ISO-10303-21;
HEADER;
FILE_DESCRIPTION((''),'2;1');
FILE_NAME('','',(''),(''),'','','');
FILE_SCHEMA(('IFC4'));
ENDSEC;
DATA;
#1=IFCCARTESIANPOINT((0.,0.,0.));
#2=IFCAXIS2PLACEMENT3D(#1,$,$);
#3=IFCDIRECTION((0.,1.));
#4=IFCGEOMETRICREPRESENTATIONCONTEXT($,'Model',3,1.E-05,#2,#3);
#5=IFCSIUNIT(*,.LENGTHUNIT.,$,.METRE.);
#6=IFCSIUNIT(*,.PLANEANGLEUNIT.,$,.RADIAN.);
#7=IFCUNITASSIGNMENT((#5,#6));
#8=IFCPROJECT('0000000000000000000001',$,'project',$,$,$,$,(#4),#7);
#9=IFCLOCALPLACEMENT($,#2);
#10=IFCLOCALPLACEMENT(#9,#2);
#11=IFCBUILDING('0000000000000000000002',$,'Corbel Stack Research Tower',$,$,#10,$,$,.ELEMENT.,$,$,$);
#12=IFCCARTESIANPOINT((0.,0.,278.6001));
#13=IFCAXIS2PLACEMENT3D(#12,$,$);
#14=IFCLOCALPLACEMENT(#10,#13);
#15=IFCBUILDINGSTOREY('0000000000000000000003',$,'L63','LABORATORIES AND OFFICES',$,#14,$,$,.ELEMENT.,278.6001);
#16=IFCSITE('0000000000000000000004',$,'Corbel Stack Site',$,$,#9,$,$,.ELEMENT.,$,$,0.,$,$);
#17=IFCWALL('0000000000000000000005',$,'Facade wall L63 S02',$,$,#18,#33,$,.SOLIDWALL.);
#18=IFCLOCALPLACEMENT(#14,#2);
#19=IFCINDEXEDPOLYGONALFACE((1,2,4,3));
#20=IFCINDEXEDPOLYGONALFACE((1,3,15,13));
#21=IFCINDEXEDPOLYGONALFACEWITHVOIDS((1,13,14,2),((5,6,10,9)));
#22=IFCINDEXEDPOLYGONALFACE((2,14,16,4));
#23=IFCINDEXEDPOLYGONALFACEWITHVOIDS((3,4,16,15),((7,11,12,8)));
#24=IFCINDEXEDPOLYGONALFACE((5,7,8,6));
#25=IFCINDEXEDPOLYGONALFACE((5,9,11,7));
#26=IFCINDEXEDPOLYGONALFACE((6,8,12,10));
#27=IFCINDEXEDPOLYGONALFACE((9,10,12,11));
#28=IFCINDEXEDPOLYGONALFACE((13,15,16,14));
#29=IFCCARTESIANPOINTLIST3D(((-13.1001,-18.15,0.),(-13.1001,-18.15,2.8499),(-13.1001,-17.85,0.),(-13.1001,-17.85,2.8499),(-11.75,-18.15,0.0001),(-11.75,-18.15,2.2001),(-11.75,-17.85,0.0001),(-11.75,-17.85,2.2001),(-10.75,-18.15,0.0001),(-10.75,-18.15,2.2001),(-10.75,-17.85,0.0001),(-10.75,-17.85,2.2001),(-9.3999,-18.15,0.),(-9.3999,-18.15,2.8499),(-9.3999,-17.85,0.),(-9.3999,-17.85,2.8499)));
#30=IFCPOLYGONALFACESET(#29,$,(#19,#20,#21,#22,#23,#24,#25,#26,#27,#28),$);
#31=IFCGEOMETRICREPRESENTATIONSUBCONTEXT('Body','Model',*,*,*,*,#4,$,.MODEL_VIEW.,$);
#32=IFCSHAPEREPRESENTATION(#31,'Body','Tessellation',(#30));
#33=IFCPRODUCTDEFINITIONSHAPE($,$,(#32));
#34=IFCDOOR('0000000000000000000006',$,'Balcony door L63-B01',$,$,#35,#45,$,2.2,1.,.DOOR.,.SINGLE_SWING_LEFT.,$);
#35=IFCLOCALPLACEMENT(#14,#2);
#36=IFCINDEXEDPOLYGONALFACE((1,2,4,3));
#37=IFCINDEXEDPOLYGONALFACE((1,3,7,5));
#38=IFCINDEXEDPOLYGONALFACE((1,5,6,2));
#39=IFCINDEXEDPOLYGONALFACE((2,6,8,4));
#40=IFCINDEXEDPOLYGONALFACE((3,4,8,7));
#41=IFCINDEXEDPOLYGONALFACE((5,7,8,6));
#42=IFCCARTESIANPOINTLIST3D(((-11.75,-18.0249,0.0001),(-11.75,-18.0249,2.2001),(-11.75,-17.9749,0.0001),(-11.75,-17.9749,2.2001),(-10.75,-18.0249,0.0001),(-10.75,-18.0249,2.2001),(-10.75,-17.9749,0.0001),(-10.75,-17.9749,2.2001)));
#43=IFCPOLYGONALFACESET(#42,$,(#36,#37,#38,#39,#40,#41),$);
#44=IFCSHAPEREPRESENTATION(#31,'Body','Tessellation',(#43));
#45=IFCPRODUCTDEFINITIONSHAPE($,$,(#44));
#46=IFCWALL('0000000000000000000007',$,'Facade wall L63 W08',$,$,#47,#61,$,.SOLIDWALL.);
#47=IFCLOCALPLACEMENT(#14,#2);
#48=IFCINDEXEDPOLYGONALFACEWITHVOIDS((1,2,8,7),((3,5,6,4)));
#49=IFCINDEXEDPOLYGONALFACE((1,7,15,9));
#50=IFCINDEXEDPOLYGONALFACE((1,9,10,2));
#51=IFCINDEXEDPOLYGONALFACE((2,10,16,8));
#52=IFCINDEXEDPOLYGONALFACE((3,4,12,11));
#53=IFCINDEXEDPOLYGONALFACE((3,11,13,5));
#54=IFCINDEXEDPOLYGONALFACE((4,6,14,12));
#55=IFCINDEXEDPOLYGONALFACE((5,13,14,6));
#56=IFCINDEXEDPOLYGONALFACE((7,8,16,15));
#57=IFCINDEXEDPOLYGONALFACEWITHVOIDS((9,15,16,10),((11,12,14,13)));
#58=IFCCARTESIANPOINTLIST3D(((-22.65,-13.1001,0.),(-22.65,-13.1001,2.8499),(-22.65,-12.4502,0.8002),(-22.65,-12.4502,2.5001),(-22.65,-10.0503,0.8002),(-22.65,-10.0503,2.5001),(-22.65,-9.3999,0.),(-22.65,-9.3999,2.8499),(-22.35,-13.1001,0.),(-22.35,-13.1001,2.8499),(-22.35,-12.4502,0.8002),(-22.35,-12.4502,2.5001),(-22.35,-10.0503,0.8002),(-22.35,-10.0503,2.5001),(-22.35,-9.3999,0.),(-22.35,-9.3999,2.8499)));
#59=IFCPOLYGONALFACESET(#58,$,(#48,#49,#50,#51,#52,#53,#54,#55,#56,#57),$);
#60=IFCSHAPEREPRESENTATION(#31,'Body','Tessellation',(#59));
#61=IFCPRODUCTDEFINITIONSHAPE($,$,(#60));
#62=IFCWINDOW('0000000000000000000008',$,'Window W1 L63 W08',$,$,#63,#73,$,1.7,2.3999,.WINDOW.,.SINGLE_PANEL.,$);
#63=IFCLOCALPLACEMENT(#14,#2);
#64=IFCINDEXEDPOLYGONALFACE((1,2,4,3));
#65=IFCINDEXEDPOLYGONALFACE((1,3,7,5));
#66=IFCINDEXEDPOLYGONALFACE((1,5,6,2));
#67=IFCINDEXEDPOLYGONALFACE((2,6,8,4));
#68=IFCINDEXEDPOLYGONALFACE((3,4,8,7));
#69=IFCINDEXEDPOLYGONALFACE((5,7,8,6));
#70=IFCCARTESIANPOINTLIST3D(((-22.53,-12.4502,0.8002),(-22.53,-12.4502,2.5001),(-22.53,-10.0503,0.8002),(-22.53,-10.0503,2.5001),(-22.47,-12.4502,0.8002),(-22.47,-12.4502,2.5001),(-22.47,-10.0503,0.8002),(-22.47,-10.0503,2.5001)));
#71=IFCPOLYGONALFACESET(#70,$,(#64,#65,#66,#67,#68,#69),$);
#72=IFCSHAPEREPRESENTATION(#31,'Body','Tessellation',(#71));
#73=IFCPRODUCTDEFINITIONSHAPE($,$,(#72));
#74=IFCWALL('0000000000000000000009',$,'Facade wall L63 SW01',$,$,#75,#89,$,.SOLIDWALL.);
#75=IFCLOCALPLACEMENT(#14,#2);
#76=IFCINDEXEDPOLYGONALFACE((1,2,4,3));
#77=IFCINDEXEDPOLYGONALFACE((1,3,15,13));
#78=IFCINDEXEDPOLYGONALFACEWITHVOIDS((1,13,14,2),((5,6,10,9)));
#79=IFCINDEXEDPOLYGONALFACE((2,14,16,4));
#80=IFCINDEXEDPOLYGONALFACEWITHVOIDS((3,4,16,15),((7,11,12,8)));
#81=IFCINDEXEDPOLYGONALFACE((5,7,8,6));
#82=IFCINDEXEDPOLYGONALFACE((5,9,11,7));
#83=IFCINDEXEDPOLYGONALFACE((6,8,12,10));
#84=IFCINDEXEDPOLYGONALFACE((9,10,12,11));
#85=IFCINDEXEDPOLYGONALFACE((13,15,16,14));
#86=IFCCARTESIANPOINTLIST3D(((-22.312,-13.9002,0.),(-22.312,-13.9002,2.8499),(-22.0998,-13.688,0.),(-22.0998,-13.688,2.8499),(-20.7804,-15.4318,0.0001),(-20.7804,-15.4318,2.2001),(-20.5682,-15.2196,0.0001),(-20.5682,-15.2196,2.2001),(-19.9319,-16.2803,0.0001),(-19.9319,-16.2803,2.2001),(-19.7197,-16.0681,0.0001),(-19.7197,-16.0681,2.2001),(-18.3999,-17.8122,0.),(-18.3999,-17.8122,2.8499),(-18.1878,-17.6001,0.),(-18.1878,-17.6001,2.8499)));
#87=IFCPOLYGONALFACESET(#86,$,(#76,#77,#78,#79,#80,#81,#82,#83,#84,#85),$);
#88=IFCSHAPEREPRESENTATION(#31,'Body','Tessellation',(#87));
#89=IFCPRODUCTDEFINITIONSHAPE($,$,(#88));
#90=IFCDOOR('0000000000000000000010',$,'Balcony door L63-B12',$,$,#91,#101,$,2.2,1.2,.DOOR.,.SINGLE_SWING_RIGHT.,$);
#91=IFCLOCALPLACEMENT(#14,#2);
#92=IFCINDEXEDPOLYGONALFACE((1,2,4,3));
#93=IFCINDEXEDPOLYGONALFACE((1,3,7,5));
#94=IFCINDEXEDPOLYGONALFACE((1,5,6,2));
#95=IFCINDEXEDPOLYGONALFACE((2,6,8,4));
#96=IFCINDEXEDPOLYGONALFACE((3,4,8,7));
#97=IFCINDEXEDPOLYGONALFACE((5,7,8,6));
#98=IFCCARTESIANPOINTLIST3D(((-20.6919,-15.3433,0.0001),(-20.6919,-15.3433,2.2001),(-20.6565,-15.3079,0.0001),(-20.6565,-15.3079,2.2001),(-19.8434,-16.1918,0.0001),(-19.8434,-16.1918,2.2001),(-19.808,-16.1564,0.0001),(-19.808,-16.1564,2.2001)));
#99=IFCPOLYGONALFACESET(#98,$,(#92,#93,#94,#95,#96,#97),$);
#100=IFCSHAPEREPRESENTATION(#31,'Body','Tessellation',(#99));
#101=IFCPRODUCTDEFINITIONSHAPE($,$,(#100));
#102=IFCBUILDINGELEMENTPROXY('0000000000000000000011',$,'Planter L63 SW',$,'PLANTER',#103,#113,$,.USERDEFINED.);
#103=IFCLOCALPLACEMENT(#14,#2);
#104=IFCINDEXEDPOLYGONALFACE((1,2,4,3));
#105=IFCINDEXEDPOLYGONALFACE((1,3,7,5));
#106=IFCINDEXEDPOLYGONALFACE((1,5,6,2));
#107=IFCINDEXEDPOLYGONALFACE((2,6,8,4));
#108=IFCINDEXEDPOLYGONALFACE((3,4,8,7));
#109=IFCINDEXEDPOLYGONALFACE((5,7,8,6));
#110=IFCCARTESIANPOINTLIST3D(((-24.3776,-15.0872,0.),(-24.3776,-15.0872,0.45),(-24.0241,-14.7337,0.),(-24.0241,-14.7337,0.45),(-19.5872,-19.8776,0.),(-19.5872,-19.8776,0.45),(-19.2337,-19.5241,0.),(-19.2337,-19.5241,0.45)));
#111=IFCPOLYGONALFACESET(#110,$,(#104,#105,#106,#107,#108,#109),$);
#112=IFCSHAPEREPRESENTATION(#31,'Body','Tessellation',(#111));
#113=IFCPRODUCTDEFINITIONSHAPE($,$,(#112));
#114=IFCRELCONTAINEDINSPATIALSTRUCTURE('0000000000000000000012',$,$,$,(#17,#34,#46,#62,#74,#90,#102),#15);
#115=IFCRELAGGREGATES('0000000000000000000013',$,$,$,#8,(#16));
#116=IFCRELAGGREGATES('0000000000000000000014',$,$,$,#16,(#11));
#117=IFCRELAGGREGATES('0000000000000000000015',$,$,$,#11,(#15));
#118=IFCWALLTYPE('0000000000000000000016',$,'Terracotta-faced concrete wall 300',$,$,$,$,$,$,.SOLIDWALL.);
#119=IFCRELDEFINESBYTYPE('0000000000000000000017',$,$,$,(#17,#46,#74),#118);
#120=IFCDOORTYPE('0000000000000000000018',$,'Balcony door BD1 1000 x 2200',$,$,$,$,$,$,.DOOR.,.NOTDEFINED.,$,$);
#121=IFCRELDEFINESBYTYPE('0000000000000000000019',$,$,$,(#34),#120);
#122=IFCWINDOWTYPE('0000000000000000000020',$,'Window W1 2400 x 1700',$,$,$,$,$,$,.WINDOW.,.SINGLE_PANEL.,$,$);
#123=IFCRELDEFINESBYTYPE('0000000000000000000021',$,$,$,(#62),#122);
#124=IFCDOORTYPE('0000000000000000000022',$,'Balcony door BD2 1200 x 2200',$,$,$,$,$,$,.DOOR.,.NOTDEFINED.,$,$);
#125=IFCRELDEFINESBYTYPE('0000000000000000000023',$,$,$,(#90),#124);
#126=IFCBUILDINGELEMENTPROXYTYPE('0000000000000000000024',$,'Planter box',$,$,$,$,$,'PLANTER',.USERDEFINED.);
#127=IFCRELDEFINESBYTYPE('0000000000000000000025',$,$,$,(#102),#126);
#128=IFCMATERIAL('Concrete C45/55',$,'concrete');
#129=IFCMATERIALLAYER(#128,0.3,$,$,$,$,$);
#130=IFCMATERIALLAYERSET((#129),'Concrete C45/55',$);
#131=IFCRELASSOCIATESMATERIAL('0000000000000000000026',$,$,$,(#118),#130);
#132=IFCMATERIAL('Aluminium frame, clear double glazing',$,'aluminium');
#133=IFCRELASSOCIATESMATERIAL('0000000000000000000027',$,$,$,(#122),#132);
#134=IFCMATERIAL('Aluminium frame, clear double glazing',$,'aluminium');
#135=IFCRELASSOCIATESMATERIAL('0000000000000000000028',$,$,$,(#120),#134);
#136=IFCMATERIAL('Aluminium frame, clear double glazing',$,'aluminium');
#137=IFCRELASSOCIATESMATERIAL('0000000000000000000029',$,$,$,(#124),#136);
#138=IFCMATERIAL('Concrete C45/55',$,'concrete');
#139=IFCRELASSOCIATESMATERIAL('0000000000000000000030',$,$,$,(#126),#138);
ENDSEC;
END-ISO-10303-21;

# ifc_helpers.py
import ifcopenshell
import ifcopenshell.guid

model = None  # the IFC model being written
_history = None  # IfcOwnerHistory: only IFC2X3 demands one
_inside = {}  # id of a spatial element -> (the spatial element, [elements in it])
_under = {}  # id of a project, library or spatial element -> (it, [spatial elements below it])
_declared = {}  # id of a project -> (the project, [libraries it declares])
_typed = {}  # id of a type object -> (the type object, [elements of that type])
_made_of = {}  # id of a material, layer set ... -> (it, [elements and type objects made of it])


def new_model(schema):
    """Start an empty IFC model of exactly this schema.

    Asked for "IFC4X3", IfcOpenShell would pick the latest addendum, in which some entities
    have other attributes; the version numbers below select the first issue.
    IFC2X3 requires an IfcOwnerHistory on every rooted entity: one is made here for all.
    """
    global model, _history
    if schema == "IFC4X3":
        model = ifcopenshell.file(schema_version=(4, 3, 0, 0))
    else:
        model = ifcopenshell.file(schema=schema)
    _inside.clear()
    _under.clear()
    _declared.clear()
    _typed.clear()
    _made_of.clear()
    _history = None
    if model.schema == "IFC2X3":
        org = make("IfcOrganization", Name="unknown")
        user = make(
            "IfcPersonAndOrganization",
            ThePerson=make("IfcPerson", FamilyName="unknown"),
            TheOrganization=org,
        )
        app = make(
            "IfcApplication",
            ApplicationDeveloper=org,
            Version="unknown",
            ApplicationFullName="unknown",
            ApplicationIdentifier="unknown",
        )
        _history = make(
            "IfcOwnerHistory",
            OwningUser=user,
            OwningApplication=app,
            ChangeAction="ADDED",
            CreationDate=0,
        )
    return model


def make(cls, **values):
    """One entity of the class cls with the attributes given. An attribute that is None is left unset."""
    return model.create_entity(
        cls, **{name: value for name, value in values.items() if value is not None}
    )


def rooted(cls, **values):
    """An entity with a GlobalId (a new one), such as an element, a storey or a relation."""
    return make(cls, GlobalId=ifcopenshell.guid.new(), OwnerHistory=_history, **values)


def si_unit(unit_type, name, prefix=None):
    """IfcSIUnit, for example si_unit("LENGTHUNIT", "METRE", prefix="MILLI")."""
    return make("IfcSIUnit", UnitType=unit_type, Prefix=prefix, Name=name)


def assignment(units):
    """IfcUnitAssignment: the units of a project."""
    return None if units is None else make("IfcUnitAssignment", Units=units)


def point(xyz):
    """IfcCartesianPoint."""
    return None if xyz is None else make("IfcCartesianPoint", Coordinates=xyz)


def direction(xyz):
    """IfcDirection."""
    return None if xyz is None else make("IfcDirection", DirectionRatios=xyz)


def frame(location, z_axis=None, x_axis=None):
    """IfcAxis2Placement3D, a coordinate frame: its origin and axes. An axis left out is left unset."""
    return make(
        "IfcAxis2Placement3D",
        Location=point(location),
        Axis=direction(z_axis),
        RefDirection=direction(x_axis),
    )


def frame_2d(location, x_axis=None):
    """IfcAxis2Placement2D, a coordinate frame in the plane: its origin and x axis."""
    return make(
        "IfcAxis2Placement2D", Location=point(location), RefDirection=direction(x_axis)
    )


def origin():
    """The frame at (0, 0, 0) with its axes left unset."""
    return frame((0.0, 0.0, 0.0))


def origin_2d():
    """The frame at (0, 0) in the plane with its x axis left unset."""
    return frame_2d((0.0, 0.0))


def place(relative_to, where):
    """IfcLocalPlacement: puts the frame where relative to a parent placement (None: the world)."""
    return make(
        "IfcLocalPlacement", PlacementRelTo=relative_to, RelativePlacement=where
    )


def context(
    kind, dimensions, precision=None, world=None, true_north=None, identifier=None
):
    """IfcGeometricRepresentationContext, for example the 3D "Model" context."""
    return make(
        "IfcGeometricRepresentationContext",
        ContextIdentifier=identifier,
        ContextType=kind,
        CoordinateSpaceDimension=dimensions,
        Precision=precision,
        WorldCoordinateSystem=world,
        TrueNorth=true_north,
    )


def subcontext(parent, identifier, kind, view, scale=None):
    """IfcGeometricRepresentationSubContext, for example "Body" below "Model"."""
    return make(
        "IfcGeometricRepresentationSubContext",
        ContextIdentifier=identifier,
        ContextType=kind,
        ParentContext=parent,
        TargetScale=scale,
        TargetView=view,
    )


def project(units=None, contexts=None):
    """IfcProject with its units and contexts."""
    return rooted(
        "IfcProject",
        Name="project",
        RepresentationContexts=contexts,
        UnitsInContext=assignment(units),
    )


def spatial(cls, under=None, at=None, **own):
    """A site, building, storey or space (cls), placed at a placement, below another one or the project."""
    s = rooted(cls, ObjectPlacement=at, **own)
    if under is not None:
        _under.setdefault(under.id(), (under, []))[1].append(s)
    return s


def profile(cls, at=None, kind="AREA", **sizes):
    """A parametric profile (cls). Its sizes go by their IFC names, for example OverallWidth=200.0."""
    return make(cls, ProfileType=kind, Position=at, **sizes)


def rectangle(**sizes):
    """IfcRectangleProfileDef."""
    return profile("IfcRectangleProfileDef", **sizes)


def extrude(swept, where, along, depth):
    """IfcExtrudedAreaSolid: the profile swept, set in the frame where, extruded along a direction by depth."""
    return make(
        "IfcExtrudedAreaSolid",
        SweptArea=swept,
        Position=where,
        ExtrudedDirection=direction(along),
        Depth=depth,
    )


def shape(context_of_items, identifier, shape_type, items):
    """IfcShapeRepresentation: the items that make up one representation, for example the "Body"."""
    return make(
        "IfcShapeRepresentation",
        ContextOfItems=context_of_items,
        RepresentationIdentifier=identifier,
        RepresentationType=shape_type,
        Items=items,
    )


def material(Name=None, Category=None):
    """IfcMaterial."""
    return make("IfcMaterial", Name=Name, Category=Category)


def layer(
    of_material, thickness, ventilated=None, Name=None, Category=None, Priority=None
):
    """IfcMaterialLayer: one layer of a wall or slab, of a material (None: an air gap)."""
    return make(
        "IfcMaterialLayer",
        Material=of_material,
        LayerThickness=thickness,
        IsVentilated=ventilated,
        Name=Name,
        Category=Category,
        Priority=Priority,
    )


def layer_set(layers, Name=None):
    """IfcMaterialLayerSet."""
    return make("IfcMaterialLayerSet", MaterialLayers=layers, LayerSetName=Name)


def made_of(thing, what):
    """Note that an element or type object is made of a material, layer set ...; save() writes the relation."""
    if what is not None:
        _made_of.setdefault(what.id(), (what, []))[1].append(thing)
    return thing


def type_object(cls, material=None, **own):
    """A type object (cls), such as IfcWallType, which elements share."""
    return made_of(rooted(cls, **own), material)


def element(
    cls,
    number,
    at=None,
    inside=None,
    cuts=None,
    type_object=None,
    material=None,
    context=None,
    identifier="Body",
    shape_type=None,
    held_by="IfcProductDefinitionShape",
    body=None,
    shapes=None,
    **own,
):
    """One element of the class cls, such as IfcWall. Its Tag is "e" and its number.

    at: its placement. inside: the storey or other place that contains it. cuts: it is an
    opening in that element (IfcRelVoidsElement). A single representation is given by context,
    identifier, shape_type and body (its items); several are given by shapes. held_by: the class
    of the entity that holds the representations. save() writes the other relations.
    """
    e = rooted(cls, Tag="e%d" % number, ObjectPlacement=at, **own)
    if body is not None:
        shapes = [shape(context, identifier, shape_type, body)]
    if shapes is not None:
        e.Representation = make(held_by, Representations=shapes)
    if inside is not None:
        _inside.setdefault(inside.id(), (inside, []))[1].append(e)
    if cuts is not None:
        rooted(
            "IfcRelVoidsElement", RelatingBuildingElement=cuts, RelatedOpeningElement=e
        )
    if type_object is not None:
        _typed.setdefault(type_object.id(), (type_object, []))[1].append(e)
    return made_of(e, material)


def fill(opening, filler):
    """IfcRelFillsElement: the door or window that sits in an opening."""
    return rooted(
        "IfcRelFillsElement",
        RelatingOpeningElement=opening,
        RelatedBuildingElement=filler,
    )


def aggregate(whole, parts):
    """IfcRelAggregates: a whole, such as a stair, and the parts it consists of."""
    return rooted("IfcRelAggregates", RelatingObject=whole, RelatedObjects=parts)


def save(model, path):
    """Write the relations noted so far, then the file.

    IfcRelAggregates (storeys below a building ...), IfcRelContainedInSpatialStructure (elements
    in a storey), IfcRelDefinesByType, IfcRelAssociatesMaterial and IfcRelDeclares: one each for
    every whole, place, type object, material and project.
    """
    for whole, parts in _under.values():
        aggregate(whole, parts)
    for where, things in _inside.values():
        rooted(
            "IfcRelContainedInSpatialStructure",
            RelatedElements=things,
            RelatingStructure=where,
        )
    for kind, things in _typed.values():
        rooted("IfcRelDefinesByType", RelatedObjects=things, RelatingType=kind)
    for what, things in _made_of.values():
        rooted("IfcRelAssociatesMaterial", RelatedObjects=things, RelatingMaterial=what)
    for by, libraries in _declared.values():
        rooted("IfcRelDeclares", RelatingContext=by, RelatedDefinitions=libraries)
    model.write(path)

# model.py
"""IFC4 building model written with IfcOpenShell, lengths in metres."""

from ifc_helpers import new_model, si_unit, direction, frame, frame_2d, origin, origin_2d, place, context, subcontext, project, spatial, rectangle, extrude, material, layer, layer_set, type_object, element, fill, save


model = new_model("IFC4")

# Units and contexts
model_context = context("Model", 3, precision=1e-05, world=origin(), true_north=direction((0.0, 1.0)))
body_context = subcontext(model_context, "Body", "Model", "MODEL_VIEW")
ifc_project = project(units=[si_unit("LENGTHUNIT", "METRE"), si_unit("PLANEANGLEUNIT", "RADIAN")], contexts=[model_context])

# Site, building, storey
site_placement = place(None, origin())
site = spatial("IfcSite", under=ifc_project, at=site_placement, Name="Corbel Stack Site", CompositionType="ELEMENT", RefElevation=0.0)
building_placement = place(site_placement, origin())
building = spatial("IfcBuilding", under=site, at=building_placement, Name="Corbel Stack Research Tower", CompositionType="ELEMENT")
storey_placement = place(building_placement, frame((0.0, 0.0, 278.6001)))
storey = spatial("IfcBuildingStorey", under=building, at=storey_placement, Name="L63", Description="LABORATORIES AND OFFICES", CompositionType="ELEMENT", Elevation=278.6001)

# Shared definitions
ifc_material_1 = material(Name="Concrete C45/55", Category="concrete")
ifc_layer_1 = layer(ifc_material_1, 0.3)
ifc_layer_set_1 = layer_set([ifc_layer_1], Name="Concrete C45/55")
wall_type_1 = type_object("IfcWallType", Name="Terracotta-faced concrete wall 300", PredefinedType="SOLIDWALL", material=ifc_layer_set_1)
ifc_material_2 = material(Name="Aluminium frame, clear double glazing", Category="aluminium")
window_type = type_object("IfcWindowType", Name="Window W1 2400 x 1700", PartitioningType="SINGLE_PANEL", PredefinedType="WINDOW", material=ifc_material_2)

# Wall, opening, door
wall_1_placement = place(storey_placement, frame((-9.3999, -18.0, 0.0), z_axis=(0.0, 0.0, 1.0), x_axis=(-1.0, 0.0, 0.0)))
wall_1 = element("IfcWall", 1, at=wall_1_placement, inside=storey, type_object=wall_type_1, Name="Facade wall L63 S02", PredefinedType="SOLIDWALL", context=body_context, shape_type="SweptSolid", body=[
    extrude(rectangle(XDim=3.7002, YDim=0.3, at=frame_2d((1.8501, 0.0))), origin(), (0.0, 0.0, 1.0), 2.8499),
])
opening_1_placement = place(wall_1_placement, frame((1.3501, 0.0, 0.0)))
opening_1 = element("IfcOpeningElement", 2, at=opening_1_placement, cuts=wall_1, PredefinedType="OPENING", context=body_context, shape_type="SweptSolid", body=[
    extrude(rectangle(XDim=1.0, YDim=2.2, at=frame_2d((0.5, 1.1001))), frame((0.0, 0.1599, 0.0), z_axis=(0.0, -1.0, 0.0), x_axis=(1.0, 0.0, 0.0)), (0.0, 0.0, 1.0), 0.3201),
])
ifc_material_3 = material(Name="Aluminium frame, clear double glazing", Category="aluminium")
door_type_1 = type_object("IfcDoorType", Name="Balcony door BD1 1000 x 2200", OperationType="NOTDEFINED", PredefinedType="DOOR", material=ifc_material_3)
door_1_placement = place(opening_1_placement, origin())
door_1 = element("IfcDoor", 3, at=door_1_placement, inside=storey, type_object=door_type_1, Name="Balcony door L63-B01", OperationType="SINGLE_SWING_LEFT", OverallHeight=2.2, OverallWidth=1.0, PredefinedType="DOOR", context=body_context, shape_type="SweptSolid", body=[
    extrude(rectangle(XDim=1.0, YDim=2.2, at=frame_2d((0.5, 1.1001))), frame((0.0, 0.0249, 0.0), z_axis=(0.0, -1.0, 0.0), x_axis=(1.0, 0.0, 0.0)), (0.0, 0.0, 1.0), 0.05),
])
fill(opening_1, door_1)

# Wall, opening, window
wall_2_placement = place(storey_placement, frame((-22.5, -13.1001, 0.0), z_axis=(0.0, 0.0, 1.0), x_axis=(0.0, 1.0, 0.0)))
wall_2 = element("IfcWall", 4, at=wall_2_placement, inside=storey, type_object=wall_type_1, Name="Facade wall L63 W08", PredefinedType="SOLIDWALL", context=body_context, shape_type="SweptSolid", body=[
    extrude(rectangle(XDim=3.7002, YDim=0.3, at=frame_2d((1.8501, 0.0))), origin(), (0.0, 0.0, 1.0), 2.8499),
])
opening_2_placement = place(wall_2_placement, frame((0.6499, 0.0, 0.8)))
opening_2 = element("IfcOpeningElement", 5, at=opening_2_placement, cuts=wall_2, PredefinedType="OPENING", context=body_context, shape_type="SweptSolid", body=[
    extrude(rectangle(XDim=2.3999, YDim=1.7, at=frame_2d((1.2, 0.8501))), frame((0.0, 0.1599, 0.0), z_axis=(0.0, -1.0, 0.0), x_axis=(1.0, 0.0, 0.0)), (0.0, 0.0, 1.0), 0.3201),
])
window_1_placement = place(opening_2_placement, origin())
window_1 = element("IfcWindow", 6, at=window_1_placement, inside=storey, type_object=window_type, Name="Window W1 L63 W08", OverallHeight=1.7, OverallWidth=2.3999, PartitioningType="SINGLE_PANEL", PredefinedType="WINDOW", context=body_context, shape_type="SweptSolid", body=[
    extrude(rectangle(XDim=2.3999, YDim=1.7, at=frame_2d((1.2, 0.8501))), frame((0.0, 0.03, 0.0), z_axis=(0.0, -1.0, 0.0), x_axis=(1.0, 0.0, 0.0)), (0.0, 0.0, 1.0), 0.0601),
])
fill(opening_2, window_1)

# Wall, opening, door
wall_3_placement = place(storey_placement, frame((-18.2939, -17.7061, 0.0), z_axis=(0.0, 0.0, 1.0), x_axis=(-0.707107, 0.707107, 0.0)))
wall_3 = element("IfcWall", 7, at=wall_3_placement, inside=storey, type_object=wall_type_1, Name="Facade wall L63 SW01", PredefinedType="SOLIDWALL", context=body_context, shape_type="SweptSolid", body=[
    extrude(rectangle(XDim=5.5325, YDim=0.3, at=frame_2d((2.7661, 0.0))), origin(), (0.0, 0.0, 1.0), 2.8499),
])
opening_3_placement = place(wall_3_placement, frame((2.1663, 0.0, 0.0)))
opening_3 = element("IfcOpeningElement", 8, at=opening_3_placement, cuts=wall_3, PredefinedType="OPENING", context=body_context, shape_type="SweptSolid", body=[
    extrude(rectangle(XDim=1.2, YDim=2.2, at=frame_2d((0.6001, 1.1001))), frame((0.0, 0.1599, 0.0), z_axis=(0.0, -1.0, 0.0), x_axis=(1.0, 0.0, 0.0)), (0.0, 0.0, 1.0), 0.3201),
])
ifc_material_4 = material(Name="Aluminium frame, clear double glazing", Category="aluminium")
door_type_2 = type_object("IfcDoorType", Name="Balcony door BD2 1200 x 2200", OperationType="NOTDEFINED", PredefinedType="DOOR", material=ifc_material_4)
door_2_placement = place(opening_3_placement, origin())
door_2 = element("IfcDoor", 9, at=door_2_placement, inside=storey, type_object=door_type_2, Name="Balcony door L63-B12", OperationType="SINGLE_SWING_RIGHT", OverallHeight=2.2, OverallWidth=1.2, PredefinedType="DOOR", context=body_context, shape_type="SweptSolid", body=[
    extrude(rectangle(XDim=1.2, YDim=2.2, at=frame_2d((0.6001, 1.1001))), frame((0.0, 0.0249, 0.0), z_axis=(0.0, -1.0, 0.0), x_axis=(1.0, 0.0, 0.0)), (0.0, 0.0, 1.0), 0.05),
])
fill(opening_3, door_2)

# Building element proxy
ifc_material_5 = material(Name="Concrete C45/55", Category="concrete")
building_element_proxy_type = type_object("IfcBuildingElementProxyType", Name="Planter box", ElementType="PLANTER", PredefinedType="USERDEFINED", material=ifc_material_5)
proxy_placement = place(storey_placement, frame((-21.8057, -17.3057, 0.0), z_axis=(0.0, 0.0, 1.0), x_axis=(0.707107, -0.707107, 0.0)))
element("IfcBuildingElementProxy", 10, at=proxy_placement, inside=storey, type_object=building_element_proxy_type, Name="Planter L63 SW", ObjectType="PLANTER", PredefinedType="USERDEFINED", context=body_context, shape_type="SweptSolid", body=[
    extrude(rectangle(XDim=6.7747, YDim=0.5, at=origin_2d()), origin(), (0.0, 0.0, 1.0), 0.45),
])

save(model, "model.ifc")
